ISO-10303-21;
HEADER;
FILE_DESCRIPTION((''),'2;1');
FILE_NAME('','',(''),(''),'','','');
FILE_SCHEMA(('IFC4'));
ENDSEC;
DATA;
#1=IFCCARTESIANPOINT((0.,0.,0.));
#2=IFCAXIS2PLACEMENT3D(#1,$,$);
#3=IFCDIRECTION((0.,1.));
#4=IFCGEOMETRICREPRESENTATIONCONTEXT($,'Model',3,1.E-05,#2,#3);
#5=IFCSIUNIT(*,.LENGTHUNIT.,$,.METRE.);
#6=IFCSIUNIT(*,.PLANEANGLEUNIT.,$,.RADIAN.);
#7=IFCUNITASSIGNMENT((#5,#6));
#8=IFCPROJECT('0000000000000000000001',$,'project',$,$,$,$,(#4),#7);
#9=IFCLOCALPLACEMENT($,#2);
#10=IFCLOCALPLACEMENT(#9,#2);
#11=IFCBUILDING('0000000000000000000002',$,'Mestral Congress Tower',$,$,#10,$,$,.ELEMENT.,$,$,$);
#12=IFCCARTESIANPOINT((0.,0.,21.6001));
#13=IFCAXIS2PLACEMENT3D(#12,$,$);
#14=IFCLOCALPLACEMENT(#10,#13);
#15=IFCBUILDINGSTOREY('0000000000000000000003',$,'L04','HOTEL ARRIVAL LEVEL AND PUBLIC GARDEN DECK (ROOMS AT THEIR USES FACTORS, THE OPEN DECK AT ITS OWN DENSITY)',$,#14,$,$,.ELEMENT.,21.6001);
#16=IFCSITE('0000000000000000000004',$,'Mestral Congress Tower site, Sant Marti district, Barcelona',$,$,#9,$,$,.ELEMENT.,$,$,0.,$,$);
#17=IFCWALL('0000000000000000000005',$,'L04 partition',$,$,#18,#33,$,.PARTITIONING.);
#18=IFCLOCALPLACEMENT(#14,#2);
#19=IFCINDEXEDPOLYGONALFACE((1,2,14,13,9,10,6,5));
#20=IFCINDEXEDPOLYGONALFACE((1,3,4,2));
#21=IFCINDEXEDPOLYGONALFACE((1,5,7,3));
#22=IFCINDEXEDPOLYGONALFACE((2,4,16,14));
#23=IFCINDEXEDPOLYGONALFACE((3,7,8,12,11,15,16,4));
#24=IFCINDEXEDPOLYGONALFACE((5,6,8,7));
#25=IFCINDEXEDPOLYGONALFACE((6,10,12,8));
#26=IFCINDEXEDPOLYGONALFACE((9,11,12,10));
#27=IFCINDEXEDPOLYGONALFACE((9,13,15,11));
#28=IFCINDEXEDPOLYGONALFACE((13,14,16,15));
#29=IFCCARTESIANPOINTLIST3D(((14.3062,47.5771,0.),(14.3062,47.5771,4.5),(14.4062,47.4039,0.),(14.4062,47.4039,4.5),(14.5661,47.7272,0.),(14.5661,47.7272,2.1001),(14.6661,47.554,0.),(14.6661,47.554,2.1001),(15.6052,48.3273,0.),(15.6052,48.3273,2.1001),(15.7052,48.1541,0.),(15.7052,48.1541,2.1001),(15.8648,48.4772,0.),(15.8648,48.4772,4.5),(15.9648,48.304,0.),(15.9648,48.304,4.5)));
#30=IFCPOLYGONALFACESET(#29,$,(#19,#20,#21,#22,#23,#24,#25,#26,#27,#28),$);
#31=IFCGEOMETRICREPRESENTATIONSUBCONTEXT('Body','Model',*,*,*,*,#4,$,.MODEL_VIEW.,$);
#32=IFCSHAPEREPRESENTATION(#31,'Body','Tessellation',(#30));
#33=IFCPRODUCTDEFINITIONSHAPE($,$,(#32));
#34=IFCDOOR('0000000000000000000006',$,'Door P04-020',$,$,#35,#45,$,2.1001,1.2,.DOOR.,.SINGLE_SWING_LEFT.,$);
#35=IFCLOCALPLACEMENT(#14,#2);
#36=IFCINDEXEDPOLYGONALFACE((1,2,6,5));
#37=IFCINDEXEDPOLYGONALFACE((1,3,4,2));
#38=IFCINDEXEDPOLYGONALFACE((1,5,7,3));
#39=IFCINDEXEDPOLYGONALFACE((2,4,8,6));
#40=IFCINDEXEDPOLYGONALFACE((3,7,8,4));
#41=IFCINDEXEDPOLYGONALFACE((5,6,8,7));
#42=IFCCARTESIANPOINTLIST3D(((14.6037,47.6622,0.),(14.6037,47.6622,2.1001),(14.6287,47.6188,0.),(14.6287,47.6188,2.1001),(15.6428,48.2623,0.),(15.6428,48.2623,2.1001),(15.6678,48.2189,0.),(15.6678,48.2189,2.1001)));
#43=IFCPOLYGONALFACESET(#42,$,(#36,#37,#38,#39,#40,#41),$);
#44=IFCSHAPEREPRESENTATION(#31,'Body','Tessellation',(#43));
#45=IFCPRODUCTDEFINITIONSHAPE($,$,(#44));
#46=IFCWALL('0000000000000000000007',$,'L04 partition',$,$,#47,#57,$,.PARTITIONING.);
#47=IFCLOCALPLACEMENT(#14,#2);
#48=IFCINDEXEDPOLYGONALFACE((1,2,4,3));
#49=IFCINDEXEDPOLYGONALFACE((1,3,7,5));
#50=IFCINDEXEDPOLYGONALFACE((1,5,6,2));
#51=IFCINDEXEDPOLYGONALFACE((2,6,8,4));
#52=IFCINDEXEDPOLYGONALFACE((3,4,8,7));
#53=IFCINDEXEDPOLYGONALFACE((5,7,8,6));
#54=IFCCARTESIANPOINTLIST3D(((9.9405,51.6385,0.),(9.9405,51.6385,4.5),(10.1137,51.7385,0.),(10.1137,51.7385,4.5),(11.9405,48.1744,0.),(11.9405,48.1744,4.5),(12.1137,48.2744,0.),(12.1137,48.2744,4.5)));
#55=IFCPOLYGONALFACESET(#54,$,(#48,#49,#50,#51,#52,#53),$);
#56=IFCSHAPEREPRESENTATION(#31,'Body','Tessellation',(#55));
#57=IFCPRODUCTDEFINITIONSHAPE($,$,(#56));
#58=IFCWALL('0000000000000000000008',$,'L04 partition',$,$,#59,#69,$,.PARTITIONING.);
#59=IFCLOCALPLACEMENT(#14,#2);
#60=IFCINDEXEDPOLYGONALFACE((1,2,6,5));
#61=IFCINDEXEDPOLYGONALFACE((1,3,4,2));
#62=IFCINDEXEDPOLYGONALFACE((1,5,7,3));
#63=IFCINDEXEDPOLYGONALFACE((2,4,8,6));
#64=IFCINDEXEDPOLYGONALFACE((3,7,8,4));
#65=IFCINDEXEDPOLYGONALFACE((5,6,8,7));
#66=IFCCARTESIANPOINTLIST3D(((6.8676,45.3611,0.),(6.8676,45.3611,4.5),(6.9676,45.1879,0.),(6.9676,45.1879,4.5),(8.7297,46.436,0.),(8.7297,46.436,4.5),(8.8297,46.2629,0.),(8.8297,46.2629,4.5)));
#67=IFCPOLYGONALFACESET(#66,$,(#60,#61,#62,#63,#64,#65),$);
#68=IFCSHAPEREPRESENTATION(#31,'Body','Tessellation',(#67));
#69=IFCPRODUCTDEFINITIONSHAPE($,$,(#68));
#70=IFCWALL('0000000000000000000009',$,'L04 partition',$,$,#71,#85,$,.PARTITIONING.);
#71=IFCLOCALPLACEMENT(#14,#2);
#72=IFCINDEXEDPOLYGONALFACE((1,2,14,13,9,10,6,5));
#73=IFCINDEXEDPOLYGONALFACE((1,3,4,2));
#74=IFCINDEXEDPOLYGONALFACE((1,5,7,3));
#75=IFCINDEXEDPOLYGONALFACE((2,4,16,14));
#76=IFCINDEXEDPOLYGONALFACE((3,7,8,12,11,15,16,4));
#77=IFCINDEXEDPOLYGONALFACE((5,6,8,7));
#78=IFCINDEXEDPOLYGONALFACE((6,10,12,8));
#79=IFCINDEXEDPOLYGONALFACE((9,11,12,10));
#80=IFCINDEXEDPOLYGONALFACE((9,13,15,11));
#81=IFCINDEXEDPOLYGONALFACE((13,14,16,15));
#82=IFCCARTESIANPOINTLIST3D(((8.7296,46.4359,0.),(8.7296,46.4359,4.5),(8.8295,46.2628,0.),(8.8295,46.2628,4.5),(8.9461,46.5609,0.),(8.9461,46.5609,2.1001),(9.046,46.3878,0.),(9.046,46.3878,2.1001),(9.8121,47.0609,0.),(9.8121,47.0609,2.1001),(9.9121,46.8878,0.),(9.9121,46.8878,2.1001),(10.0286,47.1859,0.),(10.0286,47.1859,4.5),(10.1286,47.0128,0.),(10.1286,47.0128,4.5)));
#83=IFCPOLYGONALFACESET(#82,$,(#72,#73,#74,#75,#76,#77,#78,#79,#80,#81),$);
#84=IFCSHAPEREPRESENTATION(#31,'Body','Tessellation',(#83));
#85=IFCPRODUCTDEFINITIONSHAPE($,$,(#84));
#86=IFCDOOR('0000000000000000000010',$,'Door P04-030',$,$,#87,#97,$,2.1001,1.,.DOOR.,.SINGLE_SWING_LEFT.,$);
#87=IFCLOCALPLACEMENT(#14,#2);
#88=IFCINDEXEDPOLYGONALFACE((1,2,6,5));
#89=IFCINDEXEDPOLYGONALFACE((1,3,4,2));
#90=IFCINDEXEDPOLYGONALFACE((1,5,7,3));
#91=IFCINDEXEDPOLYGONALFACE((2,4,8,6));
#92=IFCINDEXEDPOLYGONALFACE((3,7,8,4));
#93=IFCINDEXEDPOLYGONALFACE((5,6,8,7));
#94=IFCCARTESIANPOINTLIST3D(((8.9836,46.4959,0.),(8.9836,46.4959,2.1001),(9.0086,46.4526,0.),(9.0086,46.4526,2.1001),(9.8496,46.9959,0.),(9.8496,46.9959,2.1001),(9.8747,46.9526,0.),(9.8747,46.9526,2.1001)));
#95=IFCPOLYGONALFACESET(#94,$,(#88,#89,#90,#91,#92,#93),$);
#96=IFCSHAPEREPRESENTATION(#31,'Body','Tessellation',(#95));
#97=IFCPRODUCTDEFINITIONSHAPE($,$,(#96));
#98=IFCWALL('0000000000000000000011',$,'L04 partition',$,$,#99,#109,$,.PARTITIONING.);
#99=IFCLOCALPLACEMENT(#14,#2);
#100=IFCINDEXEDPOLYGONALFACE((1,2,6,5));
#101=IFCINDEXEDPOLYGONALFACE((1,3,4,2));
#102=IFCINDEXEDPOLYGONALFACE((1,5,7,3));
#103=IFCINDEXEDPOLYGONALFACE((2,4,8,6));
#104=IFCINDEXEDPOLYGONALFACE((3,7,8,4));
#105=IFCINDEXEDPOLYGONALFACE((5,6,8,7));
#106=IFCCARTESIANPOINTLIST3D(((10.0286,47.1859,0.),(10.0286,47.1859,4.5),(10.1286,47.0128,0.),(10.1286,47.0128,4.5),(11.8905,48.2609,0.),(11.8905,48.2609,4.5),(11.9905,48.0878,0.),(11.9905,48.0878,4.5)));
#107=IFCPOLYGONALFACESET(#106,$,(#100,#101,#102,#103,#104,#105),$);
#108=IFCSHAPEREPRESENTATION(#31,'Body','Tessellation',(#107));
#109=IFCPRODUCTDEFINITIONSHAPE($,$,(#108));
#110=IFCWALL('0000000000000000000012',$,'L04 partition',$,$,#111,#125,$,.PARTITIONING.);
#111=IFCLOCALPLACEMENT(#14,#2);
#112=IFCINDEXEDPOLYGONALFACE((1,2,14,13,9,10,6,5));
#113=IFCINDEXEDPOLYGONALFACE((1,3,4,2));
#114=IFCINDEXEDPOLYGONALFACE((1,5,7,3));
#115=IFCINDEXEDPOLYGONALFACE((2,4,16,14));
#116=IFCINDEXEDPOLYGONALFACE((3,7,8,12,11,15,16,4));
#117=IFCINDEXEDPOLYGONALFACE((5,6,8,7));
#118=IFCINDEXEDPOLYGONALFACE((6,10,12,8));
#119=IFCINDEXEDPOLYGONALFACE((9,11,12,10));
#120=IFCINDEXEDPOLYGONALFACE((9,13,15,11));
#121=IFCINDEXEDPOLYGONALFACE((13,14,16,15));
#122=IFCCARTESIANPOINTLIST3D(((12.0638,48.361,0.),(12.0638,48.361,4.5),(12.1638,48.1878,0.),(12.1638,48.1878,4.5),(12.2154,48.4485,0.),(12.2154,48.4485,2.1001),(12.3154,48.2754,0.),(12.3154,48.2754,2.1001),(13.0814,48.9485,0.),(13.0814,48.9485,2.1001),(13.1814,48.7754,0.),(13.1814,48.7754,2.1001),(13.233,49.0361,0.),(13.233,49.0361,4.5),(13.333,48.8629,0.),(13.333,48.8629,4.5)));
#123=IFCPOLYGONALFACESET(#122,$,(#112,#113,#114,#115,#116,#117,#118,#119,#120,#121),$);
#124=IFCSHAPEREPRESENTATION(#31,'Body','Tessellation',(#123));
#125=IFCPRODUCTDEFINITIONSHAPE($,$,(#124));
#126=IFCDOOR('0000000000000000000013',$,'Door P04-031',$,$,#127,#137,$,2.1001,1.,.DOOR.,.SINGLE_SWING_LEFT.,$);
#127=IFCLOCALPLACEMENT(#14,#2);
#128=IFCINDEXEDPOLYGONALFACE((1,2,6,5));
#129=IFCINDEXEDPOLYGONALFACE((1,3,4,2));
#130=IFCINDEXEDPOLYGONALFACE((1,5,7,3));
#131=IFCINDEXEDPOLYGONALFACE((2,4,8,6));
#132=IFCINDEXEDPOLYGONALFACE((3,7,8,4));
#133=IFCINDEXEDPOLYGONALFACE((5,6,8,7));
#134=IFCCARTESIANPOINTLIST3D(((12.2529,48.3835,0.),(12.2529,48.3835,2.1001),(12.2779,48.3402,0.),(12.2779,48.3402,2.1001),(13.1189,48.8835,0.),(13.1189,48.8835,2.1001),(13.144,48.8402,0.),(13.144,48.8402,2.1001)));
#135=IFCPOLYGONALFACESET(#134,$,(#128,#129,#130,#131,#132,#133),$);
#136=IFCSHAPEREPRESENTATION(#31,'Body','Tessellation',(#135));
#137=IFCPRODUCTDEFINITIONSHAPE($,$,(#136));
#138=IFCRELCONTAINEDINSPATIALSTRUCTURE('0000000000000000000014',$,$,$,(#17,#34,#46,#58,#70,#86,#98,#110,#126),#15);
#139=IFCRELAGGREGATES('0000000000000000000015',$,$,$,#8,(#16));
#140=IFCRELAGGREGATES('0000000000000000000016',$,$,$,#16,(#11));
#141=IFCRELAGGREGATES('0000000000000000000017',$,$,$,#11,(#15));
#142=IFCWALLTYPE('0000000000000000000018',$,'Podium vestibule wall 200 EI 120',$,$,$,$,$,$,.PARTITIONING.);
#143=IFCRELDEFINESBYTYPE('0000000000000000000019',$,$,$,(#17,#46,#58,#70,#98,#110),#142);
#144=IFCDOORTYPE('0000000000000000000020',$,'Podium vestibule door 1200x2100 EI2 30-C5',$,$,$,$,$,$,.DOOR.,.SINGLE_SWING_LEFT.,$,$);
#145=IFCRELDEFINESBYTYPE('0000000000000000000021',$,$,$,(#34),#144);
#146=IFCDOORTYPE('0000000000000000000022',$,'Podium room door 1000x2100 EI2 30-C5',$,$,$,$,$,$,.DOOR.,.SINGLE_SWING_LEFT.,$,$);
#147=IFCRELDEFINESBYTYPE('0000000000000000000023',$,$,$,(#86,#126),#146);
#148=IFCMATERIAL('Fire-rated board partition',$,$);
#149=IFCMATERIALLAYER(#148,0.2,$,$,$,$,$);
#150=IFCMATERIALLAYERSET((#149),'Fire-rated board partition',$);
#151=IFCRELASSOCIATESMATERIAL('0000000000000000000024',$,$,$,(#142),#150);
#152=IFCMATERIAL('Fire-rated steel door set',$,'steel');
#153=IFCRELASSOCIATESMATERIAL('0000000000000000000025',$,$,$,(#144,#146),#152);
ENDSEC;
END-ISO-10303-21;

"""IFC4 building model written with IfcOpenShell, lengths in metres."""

from ifc_helpers import new_model, si_unit, direction, frame, frame_2d, origin, place, context, subcontext, project, spatial, rectangle, extrude, material, layer, layer_set, type_object, element, fill, save


model = new_model("IFC4")

# Units and contexts
model_context = context("Model", 3, precision=1e-05, world=origin(), true_north=direction((0.0, 1.0)))
body_context = subcontext(model_context, "Body", "Model", "MODEL_VIEW")
ifc_project = project(units=[si_unit("LENGTHUNIT", "METRE"), si_unit("PLANEANGLEUNIT", "RADIAN")], contexts=[model_context])

# Site, building, storey
site_placement = place(None, origin())
site = spatial("IfcSite", under=ifc_project, at=site_placement, Name="Mestral Congress Tower site, Sant Marti district, Barcelona", CompositionType="ELEMENT", RefElevation=0.0)
building_placement = place(site_placement, origin())
building = spatial("IfcBuilding", under=site, at=building_placement, Name="Mestral Congress Tower", CompositionType="ELEMENT")
storey_placement = place(building_placement, frame((0.0, 0.0, 21.6001)))
storey = spatial("IfcBuildingStorey", under=building, at=storey_placement, Name="L04", Description="HOTEL ARRIVAL LEVEL AND PUBLIC GARDEN DECK (ROOMS AT THEIR USES FACTORS, THE OPEN DECK AT ITS OWN DENSITY)", CompositionType="ELEMENT", Elevation=21.6001)

# Shared definitions
ifc_material_1 = material(Name="Fire-rated steel door set", Category="steel")

# Shared definitions
ifc_material_2 = material(Name="Fire-rated board partition")
ifc_layer_1 = layer(ifc_material_2, 0.2)
ifc_layer_set_1 = layer_set([ifc_layer_1], Name="Fire-rated board partition")
wall_type_1 = type_object("IfcWallType", Name="Podium vestibule wall 200 EI 120", PredefinedType="PARTITIONING", material=ifc_layer_set_1)

# Wall, opening, door
wall_1_placement = place(storey_placement, frame((14.3562, 47.4905, 0.0), z_axis=(0.0, 0.0, 1.0), x_axis=(0.865955, 0.500122, 0.0)))
wall_1 = element("IfcWall", 1, at=wall_1_placement, inside=storey, type_object=wall_type_1, Name="L04 partition", PredefinedType="PARTITIONING", context=body_context, shape_type="SweptSolid", body=[
    extrude(rectangle(XDim=1.7998, YDim=0.2, at=frame_2d((0.8999, 0.0))), origin(), (0.0, 0.0, 1.0), 4.5),
])
opening_1_placement = place(wall_1_placement, frame((0.3, 0.0, 0.0)))
opening_1 = element("IfcOpeningElement", 2, at=opening_1_placement, cuts=wall_1, PredefinedType="OPENING", context=body_context, shape_type="SweptSolid", body=[
    extrude(rectangle(XDim=1.2, YDim=2.1001, at=frame_2d((0.6001, 1.05))), frame((0.0, 0.1099, 0.0), z_axis=(0.0, -1.0, 0.0), x_axis=(1.0, 0.0, 0.0)), (0.0, 0.0, 1.0), 0.22),
])
door_type_1 = type_object("IfcDoorType", Name="Podium vestibule door 1200x2100 EI2 30-C5", OperationType="SINGLE_SWING_LEFT", PredefinedType="DOOR", material=ifc_material_1)
door_1_placement = place(opening_1_placement, origin())
door_1 = element("IfcDoor", 3, at=door_1_placement, inside=storey, type_object=door_type_1, Name="Door P04-020", OperationType="SINGLE_SWING_LEFT", OverallHeight=2.1001, OverallWidth=1.2, PredefinedType="DOOR", context=body_context, shape_type="SweptSolid", body=[
    extrude(rectangle(XDim=1.2, YDim=2.1001, at=frame_2d((0.6001, 1.05))), frame((0.0, 0.0249, 0.0), z_axis=(0.0, -1.0, 0.0), x_axis=(1.0, 0.0, 0.0)), (0.0, 0.0, 1.0), 0.05),
])
fill(opening_1, door_1)

# Walls
wall_2_placement = place(storey_placement, frame((12.0271, 48.2244, 0.0), z_axis=(0.0, 0.0, 1.0), x_axis=(-0.499999, 0.866026, 0.0)))
element("IfcWall", 4, at=wall_2_placement, inside=storey, type_object=wall_type_1, Name="L04 partition", PredefinedType="PARTITIONING", context=body_context, shape_type="SweptSolid", body=[
    extrude(rectangle(XDim=4.0, YDim=0.2, at=frame_2d((2.0, 0.0))), origin(), (0.0, 0.0, 1.0), 4.5),
])
wall_3_placement = place(storey_placement, frame((6.9175, 45.2744, 0.0), z_axis=(0.0, 0.0, 1.0), x_axis=(0.866048, 0.499962, 0.0)))
element("IfcWall", 5, at=wall_3_placement, inside=storey, type_object=wall_type_1, Name="L04 partition", PredefinedType="PARTITIONING", context=body_context, shape_type="SweptSolid", body=[
    extrude(rectangle(XDim=2.1501, YDim=0.2, at=frame_2d((1.0752, 0.0))), origin(), (0.0, 0.0, 1.0), 4.5),
])

# Wall, opening, door
wall_4_placement = place(storey_placement, frame((8.7795, 46.3494, 0.0), z_axis=(0.0, 0.0, 1.0), x_axis=(0.866031, 0.49999, 0.0)))
wall_4 = element("IfcWall", 6, at=wall_4_placement, inside=storey, type_object=wall_type_1, Name="L04 partition", PredefinedType="PARTITIONING", context=body_context, shape_type="SweptSolid", body=[
    extrude(rectangle(XDim=1.5, YDim=0.2, at=frame_2d((0.75, 0.0))), origin(), (0.0, 0.0, 1.0), 4.5),
])
opening_2_placement = place(wall_4_placement, frame((0.25, 0.0, 0.0)))
opening_2 = element("IfcOpeningElement", 7, at=opening_2_placement, cuts=wall_4, PredefinedType="OPENING", context=body_context, shape_type="SweptSolid", body=[
    extrude(rectangle(XDim=1.0, YDim=2.1001, at=frame_2d((0.5, 1.05))), frame((0.0, 0.1099, 0.0), z_axis=(0.0, -1.0, 0.0), x_axis=(1.0, 0.0, 0.0)), (0.0, 0.0, 1.0), 0.22),
])
door_type_2 = type_object("IfcDoorType", Name="Podium room door 1000x2100 EI2 30-C5", OperationType="SINGLE_SWING_LEFT", PredefinedType="DOOR", material=ifc_material_1)
door_2_placement = place(opening_2_placement, origin())
door_2 = element("IfcDoor", 8, at=door_2_placement, inside=storey, type_object=door_type_2, Name="Door P04-030", OperationType="SINGLE_SWING_LEFT", OverallHeight=2.1001, OverallWidth=1.0, PredefinedType="DOOR", context=body_context, shape_type="SweptSolid", body=[
    extrude(rectangle(XDim=1.0, YDim=2.1001, at=frame_2d((0.5, 1.05))), frame((0.0, 0.0249, 0.0), z_axis=(0.0, -1.0, 0.0), x_axis=(1.0, 0.0, 0.0)), (0.0, 0.0, 1.0), 0.05),
])
fill(opening_2, door_2)

# Wall
wall_5_placement = place(storey_placement, frame((10.0786, 47.0994, 0.0), z_axis=(0.0, 0.0, 1.0), x_axis=(0.866019, 0.500011, 0.0)))
element("IfcWall", 9, at=wall_5_placement, inside=storey, type_object=wall_type_1, Name="L04 partition", PredefinedType="PARTITIONING", context=body_context, shape_type="SweptSolid", body=[
    extrude(rectangle(XDim=2.1499, YDim=0.2, at=frame_2d((1.075, 0.0))), origin(), (0.0, 0.0, 1.0), 4.5),
])

# Wall, opening, door
wall_6_placement = place(storey_placement, frame((12.1138, 48.2744, 0.0), z_axis=(0.0, 0.0, 1.0), x_axis=(0.86602, 0.500009, 0.0)))
wall_6 = element("IfcWall", 10, at=wall_6_placement, inside=storey, type_object=wall_type_1, Name="L04 partition", PredefinedType="PARTITIONING", context=body_context, shape_type="SweptSolid", body=[
    extrude(rectangle(XDim=1.3501, YDim=0.2, at=frame_2d((0.675, 0.0))), origin(), (0.0, 0.0, 1.0), 4.5),
])
opening_3_placement = place(wall_6_placement, frame((0.175, 0.0, 0.0)))
opening_3 = element("IfcOpeningElement", 11, at=opening_3_placement, cuts=wall_6, PredefinedType="OPENING", context=body_context, shape_type="SweptSolid", body=[
    extrude(rectangle(XDim=1.0, YDim=2.1001, at=frame_2d((0.5, 1.05))), frame((0.0, 0.1099, 0.0), z_axis=(0.0, -1.0, 0.0), x_axis=(1.0, 0.0, 0.0)), (0.0, 0.0, 1.0), 0.22),
])
door_3_placement = place(opening_3_placement, origin())
door_3 = element("IfcDoor", 12, at=door_3_placement, inside=storey, type_object=door_type_2, Name="Door P04-031", OperationType="SINGLE_SWING_LEFT", OverallHeight=2.1001, OverallWidth=1.0, PredefinedType="DOOR", context=body_context, shape_type="SweptSolid", body=[
    extrude(rectangle(XDim=1.0, YDim=2.1001, at=frame_2d((0.5, 1.05))), frame((0.0, 0.0249, 0.0), z_axis=(0.0, -1.0, 0.0), x_axis=(1.0, 0.0, 0.0)), (0.0, 0.0, 1.0), 0.05),
])
fill(opening_3, door_3)

save(model, "model.ifc")
